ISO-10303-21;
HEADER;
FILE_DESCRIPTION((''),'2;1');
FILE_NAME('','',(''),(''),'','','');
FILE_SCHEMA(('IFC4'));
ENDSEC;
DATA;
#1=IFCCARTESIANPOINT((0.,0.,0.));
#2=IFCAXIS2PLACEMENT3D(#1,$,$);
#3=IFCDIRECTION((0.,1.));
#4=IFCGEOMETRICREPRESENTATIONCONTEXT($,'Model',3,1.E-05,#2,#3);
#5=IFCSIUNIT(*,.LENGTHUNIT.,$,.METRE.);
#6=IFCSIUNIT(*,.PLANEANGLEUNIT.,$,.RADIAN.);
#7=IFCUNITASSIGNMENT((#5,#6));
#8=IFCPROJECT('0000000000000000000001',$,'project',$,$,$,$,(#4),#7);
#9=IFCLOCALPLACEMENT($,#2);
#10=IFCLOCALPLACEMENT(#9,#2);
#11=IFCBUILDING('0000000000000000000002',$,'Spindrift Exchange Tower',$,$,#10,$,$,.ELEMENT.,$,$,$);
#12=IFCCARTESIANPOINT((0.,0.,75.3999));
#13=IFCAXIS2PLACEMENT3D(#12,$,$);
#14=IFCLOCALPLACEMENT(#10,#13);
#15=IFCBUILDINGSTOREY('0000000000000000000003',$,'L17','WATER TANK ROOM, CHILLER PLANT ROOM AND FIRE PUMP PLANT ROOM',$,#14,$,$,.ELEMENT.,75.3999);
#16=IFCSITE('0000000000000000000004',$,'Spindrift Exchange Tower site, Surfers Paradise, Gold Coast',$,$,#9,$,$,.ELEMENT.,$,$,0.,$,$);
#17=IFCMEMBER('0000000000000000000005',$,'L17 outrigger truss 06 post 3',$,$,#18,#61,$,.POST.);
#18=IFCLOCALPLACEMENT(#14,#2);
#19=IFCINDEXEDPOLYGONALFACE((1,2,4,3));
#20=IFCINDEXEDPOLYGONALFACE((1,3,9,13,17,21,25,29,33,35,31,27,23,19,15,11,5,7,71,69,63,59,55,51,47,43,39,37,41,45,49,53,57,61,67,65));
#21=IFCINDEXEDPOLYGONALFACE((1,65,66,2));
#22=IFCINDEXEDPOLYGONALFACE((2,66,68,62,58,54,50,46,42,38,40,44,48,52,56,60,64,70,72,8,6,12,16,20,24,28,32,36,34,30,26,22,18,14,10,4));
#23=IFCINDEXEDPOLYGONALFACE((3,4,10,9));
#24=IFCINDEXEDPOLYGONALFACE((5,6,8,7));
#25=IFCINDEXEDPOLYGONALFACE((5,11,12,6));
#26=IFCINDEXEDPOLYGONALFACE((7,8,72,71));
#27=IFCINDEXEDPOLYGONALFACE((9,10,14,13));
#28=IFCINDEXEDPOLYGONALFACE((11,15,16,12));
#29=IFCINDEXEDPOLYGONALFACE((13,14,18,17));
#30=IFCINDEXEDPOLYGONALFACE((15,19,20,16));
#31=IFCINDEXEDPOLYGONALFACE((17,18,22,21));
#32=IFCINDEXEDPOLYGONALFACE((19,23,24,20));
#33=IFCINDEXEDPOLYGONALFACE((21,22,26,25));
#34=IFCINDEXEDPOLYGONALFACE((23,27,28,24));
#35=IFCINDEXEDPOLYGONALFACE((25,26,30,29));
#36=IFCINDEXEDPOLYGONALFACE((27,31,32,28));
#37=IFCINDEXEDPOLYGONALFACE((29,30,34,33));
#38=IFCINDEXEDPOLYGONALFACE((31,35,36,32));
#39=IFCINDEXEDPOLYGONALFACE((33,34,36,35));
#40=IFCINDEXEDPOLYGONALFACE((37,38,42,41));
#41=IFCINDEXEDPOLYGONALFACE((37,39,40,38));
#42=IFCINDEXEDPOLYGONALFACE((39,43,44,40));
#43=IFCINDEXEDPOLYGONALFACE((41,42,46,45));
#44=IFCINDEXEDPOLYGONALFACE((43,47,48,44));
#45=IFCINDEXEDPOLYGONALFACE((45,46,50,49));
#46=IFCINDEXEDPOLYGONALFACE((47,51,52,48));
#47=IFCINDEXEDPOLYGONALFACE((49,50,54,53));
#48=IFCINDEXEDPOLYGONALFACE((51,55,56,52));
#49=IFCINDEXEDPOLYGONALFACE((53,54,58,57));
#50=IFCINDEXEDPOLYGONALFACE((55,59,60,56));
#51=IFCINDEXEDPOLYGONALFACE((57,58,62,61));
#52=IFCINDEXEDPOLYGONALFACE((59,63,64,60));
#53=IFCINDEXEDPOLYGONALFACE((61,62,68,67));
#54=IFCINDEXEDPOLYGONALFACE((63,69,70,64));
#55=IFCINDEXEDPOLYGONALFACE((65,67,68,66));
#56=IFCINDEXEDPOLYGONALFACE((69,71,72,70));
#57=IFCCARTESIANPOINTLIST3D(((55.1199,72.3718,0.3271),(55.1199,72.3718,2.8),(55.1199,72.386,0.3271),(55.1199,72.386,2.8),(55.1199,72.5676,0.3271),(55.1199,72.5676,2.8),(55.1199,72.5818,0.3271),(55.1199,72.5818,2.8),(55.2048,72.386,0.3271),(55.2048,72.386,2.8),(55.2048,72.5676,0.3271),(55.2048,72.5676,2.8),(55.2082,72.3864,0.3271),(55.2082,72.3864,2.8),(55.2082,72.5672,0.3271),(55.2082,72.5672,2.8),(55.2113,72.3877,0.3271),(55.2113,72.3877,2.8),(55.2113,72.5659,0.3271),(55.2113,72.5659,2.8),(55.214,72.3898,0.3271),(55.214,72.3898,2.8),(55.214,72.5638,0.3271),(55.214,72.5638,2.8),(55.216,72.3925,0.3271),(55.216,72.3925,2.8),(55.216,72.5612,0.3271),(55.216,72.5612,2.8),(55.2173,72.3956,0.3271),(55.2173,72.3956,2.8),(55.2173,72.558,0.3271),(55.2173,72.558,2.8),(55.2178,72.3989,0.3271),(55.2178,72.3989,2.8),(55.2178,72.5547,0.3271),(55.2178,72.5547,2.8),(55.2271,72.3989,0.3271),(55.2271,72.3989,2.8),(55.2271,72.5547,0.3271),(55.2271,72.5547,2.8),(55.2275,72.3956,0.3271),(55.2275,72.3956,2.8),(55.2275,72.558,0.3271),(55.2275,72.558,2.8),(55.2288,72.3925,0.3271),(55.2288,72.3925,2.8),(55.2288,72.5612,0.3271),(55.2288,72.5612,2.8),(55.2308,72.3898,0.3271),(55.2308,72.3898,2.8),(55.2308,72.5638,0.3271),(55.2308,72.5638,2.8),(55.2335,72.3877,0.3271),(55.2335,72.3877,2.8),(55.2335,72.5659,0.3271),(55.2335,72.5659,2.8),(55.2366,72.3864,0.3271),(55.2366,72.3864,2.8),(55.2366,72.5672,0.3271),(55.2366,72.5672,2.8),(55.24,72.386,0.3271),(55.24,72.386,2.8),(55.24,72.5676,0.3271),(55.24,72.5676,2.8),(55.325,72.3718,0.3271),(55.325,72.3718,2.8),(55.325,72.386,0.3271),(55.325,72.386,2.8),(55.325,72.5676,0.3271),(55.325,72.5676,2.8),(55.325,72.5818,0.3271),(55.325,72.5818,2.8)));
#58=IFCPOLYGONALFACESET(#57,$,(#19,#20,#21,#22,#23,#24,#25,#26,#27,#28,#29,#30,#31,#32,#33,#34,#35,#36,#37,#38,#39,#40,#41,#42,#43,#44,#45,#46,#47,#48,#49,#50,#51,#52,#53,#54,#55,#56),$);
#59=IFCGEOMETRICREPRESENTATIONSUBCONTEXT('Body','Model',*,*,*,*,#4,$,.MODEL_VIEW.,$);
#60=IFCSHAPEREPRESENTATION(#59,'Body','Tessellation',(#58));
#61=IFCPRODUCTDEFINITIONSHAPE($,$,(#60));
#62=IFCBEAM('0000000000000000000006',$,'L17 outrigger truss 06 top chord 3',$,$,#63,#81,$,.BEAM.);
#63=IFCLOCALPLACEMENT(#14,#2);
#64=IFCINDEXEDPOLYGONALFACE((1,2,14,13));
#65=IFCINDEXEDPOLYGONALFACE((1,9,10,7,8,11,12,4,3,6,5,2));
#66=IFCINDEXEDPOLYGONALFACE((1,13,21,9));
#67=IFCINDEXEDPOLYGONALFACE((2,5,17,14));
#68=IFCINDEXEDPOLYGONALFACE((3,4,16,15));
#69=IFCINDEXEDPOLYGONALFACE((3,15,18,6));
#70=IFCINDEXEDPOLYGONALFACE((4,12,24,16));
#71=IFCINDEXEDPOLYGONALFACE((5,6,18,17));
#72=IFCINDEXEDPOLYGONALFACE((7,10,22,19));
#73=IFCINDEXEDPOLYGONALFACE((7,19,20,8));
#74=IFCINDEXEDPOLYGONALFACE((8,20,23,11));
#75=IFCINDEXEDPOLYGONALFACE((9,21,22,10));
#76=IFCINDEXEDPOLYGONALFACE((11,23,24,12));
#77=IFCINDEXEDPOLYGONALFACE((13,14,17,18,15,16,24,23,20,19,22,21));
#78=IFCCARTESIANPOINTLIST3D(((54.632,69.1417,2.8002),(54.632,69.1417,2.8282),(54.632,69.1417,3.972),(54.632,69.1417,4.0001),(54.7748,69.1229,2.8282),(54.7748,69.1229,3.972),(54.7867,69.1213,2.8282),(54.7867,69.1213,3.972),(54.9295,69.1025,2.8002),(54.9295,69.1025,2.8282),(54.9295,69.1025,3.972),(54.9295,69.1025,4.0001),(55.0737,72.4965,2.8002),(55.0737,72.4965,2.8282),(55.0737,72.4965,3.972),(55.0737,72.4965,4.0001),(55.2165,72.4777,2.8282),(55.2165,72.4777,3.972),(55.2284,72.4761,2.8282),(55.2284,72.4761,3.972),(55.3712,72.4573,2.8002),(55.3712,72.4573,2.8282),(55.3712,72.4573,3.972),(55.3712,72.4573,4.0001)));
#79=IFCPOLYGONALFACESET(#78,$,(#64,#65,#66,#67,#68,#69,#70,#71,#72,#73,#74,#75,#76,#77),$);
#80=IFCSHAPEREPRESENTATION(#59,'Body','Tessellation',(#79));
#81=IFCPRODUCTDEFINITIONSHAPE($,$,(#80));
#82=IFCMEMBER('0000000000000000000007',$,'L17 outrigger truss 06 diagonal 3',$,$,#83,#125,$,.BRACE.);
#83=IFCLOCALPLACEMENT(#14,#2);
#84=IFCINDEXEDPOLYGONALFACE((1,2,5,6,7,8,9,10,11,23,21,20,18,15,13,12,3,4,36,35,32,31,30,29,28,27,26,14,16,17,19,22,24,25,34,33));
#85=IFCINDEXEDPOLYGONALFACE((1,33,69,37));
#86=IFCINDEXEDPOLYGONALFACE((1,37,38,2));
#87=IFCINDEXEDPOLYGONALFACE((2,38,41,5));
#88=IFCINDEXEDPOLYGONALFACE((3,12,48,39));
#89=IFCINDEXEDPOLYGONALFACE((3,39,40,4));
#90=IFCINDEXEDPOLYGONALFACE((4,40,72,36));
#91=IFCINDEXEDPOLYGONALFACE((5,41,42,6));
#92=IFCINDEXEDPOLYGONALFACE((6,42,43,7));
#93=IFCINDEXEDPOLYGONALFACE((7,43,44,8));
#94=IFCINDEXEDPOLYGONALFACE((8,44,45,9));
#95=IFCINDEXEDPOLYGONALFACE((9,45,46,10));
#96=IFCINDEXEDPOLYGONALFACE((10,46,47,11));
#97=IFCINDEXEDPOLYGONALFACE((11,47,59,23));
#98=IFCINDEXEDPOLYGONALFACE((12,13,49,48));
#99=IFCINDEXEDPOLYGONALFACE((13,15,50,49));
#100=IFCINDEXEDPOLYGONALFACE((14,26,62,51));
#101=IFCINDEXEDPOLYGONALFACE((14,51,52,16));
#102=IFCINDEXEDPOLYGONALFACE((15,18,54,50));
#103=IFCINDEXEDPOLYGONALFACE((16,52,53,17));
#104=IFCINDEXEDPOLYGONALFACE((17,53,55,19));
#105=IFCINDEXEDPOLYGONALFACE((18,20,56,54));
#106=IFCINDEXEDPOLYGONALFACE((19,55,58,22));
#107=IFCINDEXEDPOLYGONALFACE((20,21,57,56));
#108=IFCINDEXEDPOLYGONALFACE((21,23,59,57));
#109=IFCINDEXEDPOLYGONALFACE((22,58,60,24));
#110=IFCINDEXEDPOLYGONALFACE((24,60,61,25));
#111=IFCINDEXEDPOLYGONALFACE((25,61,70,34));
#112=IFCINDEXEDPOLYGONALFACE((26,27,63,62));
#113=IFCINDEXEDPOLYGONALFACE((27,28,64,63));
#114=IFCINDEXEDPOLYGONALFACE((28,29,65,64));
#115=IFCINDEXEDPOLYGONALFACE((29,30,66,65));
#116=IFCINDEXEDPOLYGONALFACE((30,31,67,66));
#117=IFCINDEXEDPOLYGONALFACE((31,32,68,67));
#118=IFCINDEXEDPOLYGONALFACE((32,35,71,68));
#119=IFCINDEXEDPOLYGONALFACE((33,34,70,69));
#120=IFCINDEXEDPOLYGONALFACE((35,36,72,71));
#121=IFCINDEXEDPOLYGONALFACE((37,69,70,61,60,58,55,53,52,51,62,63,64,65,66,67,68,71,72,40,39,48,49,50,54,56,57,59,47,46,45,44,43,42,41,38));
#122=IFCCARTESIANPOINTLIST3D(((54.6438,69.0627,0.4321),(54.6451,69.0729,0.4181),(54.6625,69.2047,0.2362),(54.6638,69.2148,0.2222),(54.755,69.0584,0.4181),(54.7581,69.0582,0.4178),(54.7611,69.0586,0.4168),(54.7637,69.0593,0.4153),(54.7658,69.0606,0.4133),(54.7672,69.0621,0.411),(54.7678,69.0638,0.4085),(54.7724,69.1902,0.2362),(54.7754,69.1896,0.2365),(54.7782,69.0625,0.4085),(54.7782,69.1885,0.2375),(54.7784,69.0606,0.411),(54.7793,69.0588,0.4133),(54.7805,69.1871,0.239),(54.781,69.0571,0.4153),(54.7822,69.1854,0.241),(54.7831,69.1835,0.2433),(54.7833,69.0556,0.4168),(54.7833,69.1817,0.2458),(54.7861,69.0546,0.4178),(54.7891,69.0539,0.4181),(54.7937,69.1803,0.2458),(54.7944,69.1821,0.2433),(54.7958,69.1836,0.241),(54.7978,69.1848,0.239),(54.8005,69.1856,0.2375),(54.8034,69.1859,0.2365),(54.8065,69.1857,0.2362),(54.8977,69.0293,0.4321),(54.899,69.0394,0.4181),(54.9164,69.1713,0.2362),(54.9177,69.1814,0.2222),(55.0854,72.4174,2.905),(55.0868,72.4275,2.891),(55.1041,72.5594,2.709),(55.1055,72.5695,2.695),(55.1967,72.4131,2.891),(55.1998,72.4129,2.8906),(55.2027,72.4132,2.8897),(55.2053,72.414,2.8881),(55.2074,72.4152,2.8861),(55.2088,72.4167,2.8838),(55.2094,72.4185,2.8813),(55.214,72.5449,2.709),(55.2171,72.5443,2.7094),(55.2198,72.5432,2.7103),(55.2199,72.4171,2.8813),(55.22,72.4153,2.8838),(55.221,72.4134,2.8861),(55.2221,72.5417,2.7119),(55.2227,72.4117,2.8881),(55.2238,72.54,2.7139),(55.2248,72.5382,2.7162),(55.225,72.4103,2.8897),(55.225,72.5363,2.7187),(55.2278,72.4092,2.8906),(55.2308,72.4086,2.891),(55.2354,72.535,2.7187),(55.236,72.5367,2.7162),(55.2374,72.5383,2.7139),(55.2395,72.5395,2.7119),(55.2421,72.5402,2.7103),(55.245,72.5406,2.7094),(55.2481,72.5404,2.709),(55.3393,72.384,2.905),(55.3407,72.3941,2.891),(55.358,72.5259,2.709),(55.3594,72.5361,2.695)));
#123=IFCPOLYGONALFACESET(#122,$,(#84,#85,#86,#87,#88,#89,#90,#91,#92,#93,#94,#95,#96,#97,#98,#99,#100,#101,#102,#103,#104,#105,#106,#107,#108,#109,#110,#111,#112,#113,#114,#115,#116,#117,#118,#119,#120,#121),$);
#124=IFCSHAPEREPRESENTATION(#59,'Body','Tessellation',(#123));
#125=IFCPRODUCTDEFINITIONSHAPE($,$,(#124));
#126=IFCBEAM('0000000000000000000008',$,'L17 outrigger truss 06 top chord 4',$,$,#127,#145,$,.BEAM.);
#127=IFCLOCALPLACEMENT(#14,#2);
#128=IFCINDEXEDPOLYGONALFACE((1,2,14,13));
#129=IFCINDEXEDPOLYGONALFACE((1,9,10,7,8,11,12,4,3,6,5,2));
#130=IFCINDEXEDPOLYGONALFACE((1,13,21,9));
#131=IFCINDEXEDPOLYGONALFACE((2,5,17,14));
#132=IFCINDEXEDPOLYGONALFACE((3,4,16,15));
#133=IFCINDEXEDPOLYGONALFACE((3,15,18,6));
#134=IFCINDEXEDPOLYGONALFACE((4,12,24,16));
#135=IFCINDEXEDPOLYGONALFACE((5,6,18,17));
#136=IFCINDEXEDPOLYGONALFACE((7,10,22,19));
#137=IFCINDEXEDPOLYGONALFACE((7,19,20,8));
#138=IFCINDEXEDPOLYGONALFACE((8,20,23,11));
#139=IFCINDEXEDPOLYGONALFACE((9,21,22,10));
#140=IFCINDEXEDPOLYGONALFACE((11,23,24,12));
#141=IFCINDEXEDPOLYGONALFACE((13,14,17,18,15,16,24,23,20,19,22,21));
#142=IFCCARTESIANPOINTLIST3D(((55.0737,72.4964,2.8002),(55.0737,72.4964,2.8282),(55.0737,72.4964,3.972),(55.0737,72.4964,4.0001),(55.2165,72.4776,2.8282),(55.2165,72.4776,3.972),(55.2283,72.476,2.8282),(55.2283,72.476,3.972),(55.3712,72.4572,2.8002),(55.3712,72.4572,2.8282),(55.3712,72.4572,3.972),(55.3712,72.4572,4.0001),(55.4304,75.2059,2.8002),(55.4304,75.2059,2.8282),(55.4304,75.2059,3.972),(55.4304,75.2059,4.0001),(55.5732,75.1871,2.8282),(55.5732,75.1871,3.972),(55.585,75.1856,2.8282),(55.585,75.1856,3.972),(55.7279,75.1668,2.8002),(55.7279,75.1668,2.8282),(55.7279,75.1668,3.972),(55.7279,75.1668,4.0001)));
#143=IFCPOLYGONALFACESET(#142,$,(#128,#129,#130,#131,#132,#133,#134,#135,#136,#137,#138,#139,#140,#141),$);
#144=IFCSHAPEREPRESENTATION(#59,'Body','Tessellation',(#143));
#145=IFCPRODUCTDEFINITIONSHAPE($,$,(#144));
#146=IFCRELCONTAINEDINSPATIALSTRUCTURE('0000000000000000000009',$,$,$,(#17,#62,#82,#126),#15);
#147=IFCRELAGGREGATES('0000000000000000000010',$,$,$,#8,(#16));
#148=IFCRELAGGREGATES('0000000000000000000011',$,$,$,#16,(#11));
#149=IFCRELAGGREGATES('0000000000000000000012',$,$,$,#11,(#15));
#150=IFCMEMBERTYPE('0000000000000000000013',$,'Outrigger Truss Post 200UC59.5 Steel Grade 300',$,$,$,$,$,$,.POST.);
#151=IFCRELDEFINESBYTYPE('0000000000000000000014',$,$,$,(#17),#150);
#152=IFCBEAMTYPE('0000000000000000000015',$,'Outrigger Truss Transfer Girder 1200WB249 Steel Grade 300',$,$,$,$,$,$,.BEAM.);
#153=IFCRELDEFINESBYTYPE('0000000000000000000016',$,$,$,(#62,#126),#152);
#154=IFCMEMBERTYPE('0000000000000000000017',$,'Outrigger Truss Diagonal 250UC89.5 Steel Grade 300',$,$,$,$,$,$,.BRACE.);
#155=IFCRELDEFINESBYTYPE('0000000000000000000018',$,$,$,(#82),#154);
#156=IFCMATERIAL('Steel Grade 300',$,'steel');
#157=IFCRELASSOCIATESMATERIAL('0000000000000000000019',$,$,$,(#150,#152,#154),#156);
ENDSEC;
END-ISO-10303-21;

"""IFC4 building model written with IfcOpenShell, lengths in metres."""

from ifc_helpers import new_model, si_unit, direction, frame, origin, origin_2d, place, context, subcontext, project, spatial, i_section, extrude, source, transform, mapped, material, material_profile, profile_set, type_object, element, save


model = new_model("IFC4")

# Units and contexts
model_context = context("Model", 3, precision=1e-05, world=origin(), true_north=direction((0.0, 1.0)))
body_context = subcontext(model_context, "Body", "Model", "MODEL_VIEW")
ifc_project = project(units=[si_unit("LENGTHUNIT", "METRE"), si_unit("PLANEANGLEUNIT", "RADIAN")], contexts=[model_context])

# Site, building, storey
site_placement = place(None, origin())
site = spatial("IfcSite", under=ifc_project, at=site_placement, Name="Spindrift Exchange Tower site, Surfers Paradise, Gold Coast", CompositionType="ELEMENT", RefElevation=0.0)
building_placement = place(site_placement, origin())
building = spatial("IfcBuilding", under=site, at=building_placement, Name="Spindrift Exchange Tower", CompositionType="ELEMENT")
storey_placement = place(building_placement, frame((0.0, 0.0, 75.3999)))
storey = spatial("IfcBuildingStorey", under=building, at=storey_placement, Name="L17", Description="WATER TANK ROOM, CHILLER PLANT ROOM AND FIRE PUMP PLANT ROOM", CompositionType="ELEMENT", Elevation=75.3999)

# Shared definitions
ifc_material_1 = material(Name="Steel Grade 300", Category="steel")

# Member
ifc_material_profile_1 = material_profile(ifc_material_1, i_section(OverallWidth=0.2051, OverallDepth=0.21, WebThickness=0.0093, FlangeThickness=0.0142, FilletRadius=0.0129, at=origin_2d()), Name="200UC59.5")
ifc_profile_set_1 = profile_set([ifc_material_profile_1], Name="Steel Grade 300")
member_type_1 = type_object("IfcMemberType", Name="Outrigger Truss Post 200UC59.5 Steel Grade 300", PredefinedType="POST", material=ifc_profile_set_1)
shared_shape_1 = source(origin(), body_context, "Body", "SweptSolid", [
    extrude(i_section(OverallWidth=0.2051, OverallDepth=0.21, WebThickness=0.0093, FlangeThickness=0.0142, FilletRadius=0.0129, at=origin_2d()), origin(), (0.0, 0.0, 1.0), 2.4729),
])
for number, where, z_axis, x_axis, name in (
    (1, (55.2224, 72.4768, 0.3271), (0.0, 0.0, 1.0), (1.0, 0.0, 0.0), "L17 outrigger truss 06 post 3"),
):
    element("IfcMember", number, at=place(storey_placement, frame(where, z_axis=z_axis, x_axis=x_axis)), inside=storey, type_object=member_type_1, Name=name, PredefinedType="POST", context=body_context, shape_type="MappedRepresentation", body=[
        mapped(shared_shape_1, transform((0.0, 0.0, 0.0), scale=1.0)),
    ])

# Beam
ifc_material_profile_2 = material_profile(ifc_material_1, i_section(OverallWidth=0.3, OverallDepth=1.2, WebThickness=0.012, FlangeThickness=0.0281, at=origin_2d()), Name="1200WB249")
ifc_profile_set_2 = profile_set([ifc_material_profile_2], Name="Steel Grade 300")
beam_type_1 = type_object("IfcBeamType", Name="Outrigger Truss Transfer Girder 1200WB249 Steel Grade 300", PredefinedType="BEAM", material=ifc_profile_set_2)
shared_shape_2 = source(origin(), body_context, "Body", "SweptSolid", [
    extrude(i_section(OverallWidth=0.3, OverallDepth=1.2, WebThickness=0.012, FlangeThickness=0.0281, at=origin_2d()), origin(), (0.0, 0.0, 1.0), 3.3838),
])
beam_1_placement = place(storey_placement, frame((54.7808, 69.1221, 3.4001), z_axis=(0.130524, 0.991445, 0.0), x_axis=(-0.991445, 0.130524, 0.0)))
element("IfcBeam", 2, at=beam_1_placement, inside=storey, type_object=beam_type_1, Name="L17 outrigger truss 06 top chord 3", PredefinedType="BEAM", context=body_context, shape_type="MappedRepresentation", body=[
    mapped(shared_shape_2, transform((0.0, 0.0, 0.0), scale=1.0)),
])

# Member
ifc_material_profile_3 = material_profile(ifc_material_1, i_section(OverallWidth=0.2561, OverallDepth=0.26, WebThickness=0.0105, FlangeThickness=0.0173, FilletRadius=0.012, at=origin_2d()), Name="250UC89.5")
ifc_profile_set_3 = profile_set([ifc_material_profile_3], Name="Steel Grade 300")
member_type_2 = type_object("IfcMemberType", Name="Outrigger Truss Diagonal 250UC89.5 Steel Grade 300", PredefinedType="BRACE", material=ifc_profile_set_3)
shared_shape_3 = source(origin(), body_context, "Body", "SweptSolid", [
    extrude(i_section(OverallWidth=0.2561, OverallDepth=0.26, WebThickness=0.0105, FlangeThickness=0.0173, FilletRadius=0.012, at=origin_2d()), origin(), (0.0, 0.0, 1.0), 4.1909),
])
member_1_placement = place(storey_placement, frame((54.7808, 69.1221, 0.3271), z_axis=(0.10538, 0.800461, 0.590049), x_axis=(-0.991445, 0.130524, 0.0)))
element("IfcMember", 3, at=member_1_placement, inside=storey, type_object=member_type_2, Name="L17 outrigger truss 06 diagonal 3", PredefinedType="BRACE", context=body_context, shape_type="MappedRepresentation", body=[
    mapped(shared_shape_3, transform((0.0, 0.0, 0.0), scale=1.0)),
])

# Beam
shared_shape_4 = source(origin(), body_context, "Body", "SweptSolid", [
    extrude(i_section(OverallWidth=0.3, OverallDepth=1.2, WebThickness=0.012, FlangeThickness=0.0281, at=origin_2d()), origin(), (0.0, 0.0, 1.0), 2.7329),
])
beam_2_placement = place(storey_placement, frame((55.2224, 72.4768, 3.4001), z_axis=(0.130519, 0.991446, 0.0), x_axis=(-0.991446, 0.130519, 0.0)))
element("IfcBeam", 4, at=beam_2_placement, inside=storey, type_object=beam_type_1, Name="L17 outrigger truss 06 top chord 4", PredefinedType="BEAM", context=body_context, shape_type="MappedRepresentation", body=[
    mapped(shared_shape_4, transform((0.0, 0.0, 0.0), scale=1.0)),
])

save(model, "model.ifc")
